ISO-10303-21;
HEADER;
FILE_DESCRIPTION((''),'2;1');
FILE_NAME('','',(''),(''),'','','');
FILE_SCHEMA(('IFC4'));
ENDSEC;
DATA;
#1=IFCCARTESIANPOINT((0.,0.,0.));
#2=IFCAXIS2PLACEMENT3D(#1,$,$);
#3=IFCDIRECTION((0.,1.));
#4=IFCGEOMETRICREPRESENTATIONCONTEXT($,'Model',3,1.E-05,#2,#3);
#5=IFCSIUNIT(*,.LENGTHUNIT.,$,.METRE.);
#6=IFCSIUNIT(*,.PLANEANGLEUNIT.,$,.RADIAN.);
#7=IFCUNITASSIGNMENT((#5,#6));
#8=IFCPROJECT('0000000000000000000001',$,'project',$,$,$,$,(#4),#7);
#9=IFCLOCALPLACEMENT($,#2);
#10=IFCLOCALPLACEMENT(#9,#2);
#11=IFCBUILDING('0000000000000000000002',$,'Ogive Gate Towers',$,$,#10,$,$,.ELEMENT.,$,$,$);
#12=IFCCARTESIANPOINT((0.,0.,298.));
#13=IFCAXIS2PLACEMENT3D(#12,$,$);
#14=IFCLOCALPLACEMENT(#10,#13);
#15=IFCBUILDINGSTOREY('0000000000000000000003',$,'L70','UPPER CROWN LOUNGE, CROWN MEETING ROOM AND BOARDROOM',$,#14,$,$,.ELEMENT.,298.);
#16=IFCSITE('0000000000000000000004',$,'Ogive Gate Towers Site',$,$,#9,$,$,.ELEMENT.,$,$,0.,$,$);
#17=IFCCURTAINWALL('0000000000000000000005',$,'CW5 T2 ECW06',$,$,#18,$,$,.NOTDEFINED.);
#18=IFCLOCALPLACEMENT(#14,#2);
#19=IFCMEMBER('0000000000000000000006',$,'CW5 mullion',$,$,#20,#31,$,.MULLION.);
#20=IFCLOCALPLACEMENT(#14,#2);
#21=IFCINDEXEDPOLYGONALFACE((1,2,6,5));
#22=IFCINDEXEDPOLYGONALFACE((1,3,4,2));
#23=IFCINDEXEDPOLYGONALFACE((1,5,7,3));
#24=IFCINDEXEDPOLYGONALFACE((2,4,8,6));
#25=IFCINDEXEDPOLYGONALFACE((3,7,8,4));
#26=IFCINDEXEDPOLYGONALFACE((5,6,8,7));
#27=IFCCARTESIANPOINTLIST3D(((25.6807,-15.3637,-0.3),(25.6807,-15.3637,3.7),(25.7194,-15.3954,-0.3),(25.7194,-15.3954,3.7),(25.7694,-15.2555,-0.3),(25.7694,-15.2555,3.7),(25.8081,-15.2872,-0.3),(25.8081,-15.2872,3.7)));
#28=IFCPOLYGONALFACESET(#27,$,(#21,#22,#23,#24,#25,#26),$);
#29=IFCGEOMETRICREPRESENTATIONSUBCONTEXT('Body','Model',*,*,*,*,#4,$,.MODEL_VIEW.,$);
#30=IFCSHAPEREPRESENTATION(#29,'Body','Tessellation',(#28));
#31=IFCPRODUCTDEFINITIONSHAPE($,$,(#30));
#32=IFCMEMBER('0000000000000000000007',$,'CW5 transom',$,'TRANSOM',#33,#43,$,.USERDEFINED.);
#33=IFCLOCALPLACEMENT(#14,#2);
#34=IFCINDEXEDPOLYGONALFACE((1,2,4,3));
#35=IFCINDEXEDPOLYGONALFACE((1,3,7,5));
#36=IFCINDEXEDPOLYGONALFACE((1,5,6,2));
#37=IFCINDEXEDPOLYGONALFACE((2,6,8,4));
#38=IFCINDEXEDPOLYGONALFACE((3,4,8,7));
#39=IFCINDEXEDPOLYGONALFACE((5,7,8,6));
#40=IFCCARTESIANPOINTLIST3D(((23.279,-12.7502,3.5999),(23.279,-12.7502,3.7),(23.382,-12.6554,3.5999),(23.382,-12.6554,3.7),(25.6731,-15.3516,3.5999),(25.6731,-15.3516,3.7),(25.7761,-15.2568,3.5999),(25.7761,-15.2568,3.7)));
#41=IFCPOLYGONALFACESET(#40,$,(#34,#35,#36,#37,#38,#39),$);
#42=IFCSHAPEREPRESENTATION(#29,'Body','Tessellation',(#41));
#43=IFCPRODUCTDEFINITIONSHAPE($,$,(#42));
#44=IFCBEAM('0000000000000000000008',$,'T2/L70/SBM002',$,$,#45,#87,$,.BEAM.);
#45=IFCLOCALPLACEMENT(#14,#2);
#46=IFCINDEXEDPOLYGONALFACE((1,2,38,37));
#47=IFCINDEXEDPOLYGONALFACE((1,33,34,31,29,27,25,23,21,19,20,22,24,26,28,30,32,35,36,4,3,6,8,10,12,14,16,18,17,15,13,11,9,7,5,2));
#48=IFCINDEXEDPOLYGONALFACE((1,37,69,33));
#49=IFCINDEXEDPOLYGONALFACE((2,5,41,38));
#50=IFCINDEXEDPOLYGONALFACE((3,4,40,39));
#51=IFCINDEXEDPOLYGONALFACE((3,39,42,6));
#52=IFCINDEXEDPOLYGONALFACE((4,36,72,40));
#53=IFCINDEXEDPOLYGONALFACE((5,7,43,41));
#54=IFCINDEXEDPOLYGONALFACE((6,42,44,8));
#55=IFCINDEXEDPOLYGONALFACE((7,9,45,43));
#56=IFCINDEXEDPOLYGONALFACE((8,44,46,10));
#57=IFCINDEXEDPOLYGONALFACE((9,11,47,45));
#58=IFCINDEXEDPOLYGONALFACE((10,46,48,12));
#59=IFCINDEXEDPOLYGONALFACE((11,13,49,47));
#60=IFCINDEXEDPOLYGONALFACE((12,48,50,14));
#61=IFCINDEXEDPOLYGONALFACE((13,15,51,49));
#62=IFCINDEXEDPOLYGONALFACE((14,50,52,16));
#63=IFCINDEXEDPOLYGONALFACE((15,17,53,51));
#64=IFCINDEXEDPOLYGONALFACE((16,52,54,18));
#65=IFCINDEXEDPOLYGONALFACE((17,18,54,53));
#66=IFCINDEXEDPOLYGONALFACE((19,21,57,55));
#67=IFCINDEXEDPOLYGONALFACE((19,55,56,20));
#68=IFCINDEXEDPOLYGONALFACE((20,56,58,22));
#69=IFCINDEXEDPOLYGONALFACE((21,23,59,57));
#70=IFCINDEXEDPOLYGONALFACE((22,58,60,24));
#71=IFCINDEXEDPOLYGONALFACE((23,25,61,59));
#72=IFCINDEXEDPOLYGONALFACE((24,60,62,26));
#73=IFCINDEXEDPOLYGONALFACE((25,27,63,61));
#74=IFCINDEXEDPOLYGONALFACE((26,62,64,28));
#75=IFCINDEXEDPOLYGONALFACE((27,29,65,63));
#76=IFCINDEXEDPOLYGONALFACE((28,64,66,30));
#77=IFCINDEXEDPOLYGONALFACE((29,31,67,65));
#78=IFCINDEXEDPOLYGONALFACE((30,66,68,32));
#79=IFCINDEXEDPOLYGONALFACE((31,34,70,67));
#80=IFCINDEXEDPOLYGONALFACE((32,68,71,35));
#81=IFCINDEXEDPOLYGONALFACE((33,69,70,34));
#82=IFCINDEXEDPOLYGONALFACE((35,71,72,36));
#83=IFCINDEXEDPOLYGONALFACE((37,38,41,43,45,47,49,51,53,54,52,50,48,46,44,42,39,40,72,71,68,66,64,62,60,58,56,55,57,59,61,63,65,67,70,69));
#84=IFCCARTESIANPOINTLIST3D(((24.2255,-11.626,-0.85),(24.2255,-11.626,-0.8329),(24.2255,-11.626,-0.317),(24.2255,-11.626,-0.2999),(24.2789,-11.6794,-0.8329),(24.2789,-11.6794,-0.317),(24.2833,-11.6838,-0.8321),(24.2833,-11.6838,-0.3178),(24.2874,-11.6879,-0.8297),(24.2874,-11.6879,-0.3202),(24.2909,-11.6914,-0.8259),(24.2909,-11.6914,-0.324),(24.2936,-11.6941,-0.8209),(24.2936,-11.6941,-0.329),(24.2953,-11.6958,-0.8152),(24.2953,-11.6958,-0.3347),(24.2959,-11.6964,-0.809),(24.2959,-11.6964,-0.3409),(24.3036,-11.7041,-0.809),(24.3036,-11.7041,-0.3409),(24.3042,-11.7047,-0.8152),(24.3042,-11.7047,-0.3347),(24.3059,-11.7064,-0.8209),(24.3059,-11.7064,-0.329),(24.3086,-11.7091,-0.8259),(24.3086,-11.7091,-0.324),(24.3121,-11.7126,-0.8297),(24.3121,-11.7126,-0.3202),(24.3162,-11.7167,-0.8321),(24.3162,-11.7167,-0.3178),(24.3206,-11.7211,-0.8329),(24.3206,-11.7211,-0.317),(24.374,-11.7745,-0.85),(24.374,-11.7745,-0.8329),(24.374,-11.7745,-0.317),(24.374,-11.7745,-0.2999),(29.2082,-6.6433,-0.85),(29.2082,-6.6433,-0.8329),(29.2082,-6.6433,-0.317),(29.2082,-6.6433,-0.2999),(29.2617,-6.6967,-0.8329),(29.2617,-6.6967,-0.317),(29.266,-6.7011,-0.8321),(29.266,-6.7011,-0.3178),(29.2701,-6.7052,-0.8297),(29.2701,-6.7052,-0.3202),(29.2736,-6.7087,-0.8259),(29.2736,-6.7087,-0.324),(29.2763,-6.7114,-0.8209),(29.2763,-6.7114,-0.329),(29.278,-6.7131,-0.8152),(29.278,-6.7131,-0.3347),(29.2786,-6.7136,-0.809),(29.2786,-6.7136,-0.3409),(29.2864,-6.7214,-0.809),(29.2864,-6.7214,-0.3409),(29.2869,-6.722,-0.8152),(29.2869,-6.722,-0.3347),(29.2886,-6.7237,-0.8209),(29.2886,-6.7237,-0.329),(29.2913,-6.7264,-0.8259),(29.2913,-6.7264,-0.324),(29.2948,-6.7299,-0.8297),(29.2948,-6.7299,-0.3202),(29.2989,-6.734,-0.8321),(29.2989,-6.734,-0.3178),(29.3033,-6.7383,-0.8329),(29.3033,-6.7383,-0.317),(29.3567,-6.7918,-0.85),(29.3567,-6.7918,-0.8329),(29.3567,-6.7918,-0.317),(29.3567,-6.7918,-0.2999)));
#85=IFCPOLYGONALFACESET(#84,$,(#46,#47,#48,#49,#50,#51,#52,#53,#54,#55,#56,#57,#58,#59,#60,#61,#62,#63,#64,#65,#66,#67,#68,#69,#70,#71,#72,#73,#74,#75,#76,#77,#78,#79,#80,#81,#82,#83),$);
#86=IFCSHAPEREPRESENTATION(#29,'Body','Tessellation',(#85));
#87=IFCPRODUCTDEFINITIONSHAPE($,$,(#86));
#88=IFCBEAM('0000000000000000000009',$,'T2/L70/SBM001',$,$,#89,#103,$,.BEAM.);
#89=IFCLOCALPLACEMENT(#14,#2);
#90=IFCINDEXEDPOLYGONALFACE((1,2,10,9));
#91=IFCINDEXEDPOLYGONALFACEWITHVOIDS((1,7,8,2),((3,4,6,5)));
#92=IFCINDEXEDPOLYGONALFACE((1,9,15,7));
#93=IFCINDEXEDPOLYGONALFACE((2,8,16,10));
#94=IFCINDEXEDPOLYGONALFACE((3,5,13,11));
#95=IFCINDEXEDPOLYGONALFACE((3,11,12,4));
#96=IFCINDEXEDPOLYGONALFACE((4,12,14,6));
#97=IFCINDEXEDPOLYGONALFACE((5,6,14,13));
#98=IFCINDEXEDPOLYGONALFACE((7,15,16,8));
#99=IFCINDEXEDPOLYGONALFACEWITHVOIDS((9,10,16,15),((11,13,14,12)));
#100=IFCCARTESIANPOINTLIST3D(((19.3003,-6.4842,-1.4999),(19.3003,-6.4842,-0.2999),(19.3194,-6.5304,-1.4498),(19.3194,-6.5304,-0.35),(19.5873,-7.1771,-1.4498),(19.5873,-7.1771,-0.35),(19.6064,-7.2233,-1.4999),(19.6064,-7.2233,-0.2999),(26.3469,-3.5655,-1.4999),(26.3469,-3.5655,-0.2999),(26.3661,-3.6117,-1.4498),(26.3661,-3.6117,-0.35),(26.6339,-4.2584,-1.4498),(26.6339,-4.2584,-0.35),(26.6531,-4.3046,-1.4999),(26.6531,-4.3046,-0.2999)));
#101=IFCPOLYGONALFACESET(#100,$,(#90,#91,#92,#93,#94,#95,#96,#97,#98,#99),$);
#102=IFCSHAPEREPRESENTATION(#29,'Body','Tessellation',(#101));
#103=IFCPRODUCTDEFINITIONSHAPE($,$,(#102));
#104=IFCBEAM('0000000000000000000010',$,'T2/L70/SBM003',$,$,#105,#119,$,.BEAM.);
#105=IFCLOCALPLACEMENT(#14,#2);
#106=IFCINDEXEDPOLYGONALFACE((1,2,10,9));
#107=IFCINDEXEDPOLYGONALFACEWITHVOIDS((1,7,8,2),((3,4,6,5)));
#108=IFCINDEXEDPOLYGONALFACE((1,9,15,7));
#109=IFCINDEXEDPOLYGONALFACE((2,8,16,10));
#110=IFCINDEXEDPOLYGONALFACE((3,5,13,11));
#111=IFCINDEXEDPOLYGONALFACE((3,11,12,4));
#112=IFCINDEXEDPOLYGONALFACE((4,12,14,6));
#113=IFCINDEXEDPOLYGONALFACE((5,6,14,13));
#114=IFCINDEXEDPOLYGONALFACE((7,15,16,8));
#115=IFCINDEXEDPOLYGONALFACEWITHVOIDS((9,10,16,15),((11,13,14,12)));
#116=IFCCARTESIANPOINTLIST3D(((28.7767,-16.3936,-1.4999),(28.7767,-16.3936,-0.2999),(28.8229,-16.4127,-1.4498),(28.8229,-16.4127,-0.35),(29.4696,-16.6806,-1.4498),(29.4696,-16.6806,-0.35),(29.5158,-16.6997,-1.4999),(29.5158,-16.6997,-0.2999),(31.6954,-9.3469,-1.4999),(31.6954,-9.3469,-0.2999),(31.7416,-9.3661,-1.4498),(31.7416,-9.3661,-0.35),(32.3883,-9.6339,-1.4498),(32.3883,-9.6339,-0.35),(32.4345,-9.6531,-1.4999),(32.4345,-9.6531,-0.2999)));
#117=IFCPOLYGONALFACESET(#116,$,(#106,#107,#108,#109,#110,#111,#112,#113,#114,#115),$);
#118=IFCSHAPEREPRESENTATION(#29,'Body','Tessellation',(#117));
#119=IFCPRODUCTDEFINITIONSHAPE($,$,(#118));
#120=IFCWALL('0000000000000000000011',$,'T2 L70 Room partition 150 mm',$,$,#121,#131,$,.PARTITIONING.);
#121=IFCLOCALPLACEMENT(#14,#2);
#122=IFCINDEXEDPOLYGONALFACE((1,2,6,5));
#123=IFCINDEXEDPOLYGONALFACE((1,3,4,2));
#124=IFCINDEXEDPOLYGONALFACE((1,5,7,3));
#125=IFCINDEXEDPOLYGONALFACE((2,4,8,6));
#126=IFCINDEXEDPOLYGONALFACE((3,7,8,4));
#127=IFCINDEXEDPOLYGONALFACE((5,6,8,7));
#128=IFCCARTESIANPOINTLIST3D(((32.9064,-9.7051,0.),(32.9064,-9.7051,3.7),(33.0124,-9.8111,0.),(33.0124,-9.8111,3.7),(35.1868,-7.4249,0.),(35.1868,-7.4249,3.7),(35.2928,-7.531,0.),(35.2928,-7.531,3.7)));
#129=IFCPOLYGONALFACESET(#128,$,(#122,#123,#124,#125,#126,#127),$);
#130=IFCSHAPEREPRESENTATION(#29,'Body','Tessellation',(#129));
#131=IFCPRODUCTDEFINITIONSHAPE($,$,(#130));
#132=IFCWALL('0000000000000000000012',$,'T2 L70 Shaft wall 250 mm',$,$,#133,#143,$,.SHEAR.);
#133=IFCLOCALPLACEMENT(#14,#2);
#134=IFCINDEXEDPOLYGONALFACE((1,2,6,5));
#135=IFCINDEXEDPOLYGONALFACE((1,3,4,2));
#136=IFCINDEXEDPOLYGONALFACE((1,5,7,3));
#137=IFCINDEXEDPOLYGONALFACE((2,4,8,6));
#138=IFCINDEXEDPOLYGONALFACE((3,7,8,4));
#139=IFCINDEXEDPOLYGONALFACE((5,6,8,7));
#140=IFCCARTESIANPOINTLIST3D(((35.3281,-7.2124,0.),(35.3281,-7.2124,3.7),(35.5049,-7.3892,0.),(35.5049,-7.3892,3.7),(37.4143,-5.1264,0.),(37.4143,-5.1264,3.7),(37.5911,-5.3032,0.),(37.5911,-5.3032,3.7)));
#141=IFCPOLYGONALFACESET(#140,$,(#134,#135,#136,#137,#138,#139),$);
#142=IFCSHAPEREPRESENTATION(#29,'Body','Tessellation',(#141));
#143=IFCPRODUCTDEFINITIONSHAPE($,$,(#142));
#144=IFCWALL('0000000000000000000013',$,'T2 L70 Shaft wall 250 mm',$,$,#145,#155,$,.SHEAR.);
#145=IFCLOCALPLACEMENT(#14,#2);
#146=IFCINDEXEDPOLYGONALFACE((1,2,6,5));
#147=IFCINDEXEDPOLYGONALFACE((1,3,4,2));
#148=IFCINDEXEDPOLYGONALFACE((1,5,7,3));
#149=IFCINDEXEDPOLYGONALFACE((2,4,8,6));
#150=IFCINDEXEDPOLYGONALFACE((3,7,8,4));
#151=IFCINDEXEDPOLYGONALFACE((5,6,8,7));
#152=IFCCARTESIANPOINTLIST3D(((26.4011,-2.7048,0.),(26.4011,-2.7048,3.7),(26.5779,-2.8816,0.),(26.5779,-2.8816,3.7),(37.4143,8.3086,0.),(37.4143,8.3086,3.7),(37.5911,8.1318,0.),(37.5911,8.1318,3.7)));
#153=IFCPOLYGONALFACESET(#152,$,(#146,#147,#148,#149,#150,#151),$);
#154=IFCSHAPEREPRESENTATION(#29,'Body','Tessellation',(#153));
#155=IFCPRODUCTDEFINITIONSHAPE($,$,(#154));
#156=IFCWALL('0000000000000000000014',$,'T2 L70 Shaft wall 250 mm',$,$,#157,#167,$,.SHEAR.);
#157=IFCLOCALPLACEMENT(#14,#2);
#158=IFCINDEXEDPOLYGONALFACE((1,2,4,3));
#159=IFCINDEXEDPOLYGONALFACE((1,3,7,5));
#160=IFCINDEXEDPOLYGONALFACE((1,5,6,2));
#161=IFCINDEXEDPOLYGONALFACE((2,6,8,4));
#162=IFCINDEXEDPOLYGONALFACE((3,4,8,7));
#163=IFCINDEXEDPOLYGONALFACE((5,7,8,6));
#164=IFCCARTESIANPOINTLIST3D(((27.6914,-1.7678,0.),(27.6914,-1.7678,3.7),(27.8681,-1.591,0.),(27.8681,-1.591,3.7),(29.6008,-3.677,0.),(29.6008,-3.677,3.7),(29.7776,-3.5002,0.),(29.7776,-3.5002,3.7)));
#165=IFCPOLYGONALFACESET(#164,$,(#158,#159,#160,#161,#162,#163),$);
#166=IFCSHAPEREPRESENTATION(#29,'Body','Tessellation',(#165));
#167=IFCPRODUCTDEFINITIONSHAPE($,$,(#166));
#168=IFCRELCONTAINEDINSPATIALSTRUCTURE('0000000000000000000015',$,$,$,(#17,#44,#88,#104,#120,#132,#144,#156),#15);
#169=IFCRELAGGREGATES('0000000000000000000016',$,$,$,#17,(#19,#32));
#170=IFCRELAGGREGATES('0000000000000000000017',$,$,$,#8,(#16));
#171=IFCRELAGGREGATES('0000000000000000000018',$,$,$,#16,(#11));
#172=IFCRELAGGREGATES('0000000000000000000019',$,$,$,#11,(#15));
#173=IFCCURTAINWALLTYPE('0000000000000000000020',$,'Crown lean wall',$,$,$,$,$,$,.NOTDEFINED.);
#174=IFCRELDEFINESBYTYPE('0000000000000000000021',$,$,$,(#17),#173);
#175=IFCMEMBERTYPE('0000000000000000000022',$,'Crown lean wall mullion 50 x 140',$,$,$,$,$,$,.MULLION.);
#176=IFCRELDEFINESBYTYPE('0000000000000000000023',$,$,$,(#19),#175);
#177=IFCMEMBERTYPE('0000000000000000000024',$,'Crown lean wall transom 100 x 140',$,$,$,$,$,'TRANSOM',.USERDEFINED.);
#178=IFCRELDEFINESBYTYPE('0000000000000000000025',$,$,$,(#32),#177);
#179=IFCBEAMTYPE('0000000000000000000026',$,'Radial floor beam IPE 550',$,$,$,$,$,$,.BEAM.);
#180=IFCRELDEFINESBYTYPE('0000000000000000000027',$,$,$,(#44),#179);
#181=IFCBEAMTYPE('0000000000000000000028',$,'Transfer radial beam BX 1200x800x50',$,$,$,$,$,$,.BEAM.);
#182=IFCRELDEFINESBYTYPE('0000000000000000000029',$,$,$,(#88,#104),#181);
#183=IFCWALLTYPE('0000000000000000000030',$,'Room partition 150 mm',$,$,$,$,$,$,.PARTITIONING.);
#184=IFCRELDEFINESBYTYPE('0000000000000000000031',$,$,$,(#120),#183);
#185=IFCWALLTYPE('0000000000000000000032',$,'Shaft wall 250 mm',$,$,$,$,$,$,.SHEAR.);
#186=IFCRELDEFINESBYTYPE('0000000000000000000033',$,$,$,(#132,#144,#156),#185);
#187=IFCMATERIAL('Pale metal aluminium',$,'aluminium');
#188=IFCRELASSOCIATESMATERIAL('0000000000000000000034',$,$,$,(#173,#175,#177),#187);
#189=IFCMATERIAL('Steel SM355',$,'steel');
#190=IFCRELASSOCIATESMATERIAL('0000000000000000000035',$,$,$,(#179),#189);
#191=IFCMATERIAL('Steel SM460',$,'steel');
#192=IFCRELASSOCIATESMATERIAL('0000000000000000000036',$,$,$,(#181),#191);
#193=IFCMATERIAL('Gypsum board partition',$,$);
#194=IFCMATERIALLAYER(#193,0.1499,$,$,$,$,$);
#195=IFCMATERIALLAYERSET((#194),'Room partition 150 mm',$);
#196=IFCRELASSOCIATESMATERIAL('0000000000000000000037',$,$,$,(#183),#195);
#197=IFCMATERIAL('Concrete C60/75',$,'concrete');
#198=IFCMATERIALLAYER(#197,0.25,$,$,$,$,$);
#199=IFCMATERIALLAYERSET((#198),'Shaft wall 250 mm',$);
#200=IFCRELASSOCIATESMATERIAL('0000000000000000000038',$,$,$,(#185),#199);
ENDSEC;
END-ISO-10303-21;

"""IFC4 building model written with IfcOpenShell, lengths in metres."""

from ifc_helpers import new_model, si_unit, direction, frame, frame_2d, origin, origin_2d, place, context, subcontext, project, spatial, rectangle, hollow_rectangle, i_section, extrude, material, layer, layer_set, material_profile, profile_set, type_object, element, aggregate, save


model = new_model("IFC4")

# Units and contexts
model_context = context("Model", 3, precision=1e-05, world=origin(), true_north=direction((0.0, 1.0)))
body_context = subcontext(model_context, "Body", "Model", "MODEL_VIEW")
ifc_project = project(units=[si_unit("LENGTHUNIT", "METRE"), si_unit("PLANEANGLEUNIT", "RADIAN")], contexts=[model_context])

# Site, building, storey
site_placement = place(None, origin())
site = spatial("IfcSite", under=ifc_project, at=site_placement, Name="Ogive Gate Towers Site", CompositionType="ELEMENT", RefElevation=0.0)
building_placement = place(site_placement, origin())
building = spatial("IfcBuilding", under=site, at=building_placement, Name="Ogive Gate Towers", CompositionType="ELEMENT")
storey_placement = place(building_placement, frame((0.0, 0.0, 298.0)))
storey = spatial("IfcBuildingStorey", under=building, at=storey_placement, Name="L70", Description="UPPER CROWN LOUNGE, CROWN MEETING ROOM AND BOARDROOM", CompositionType="ELEMENT", Elevation=298.0)

# Curtain wall, members
ifc_material_1 = material(Name="Pale metal aluminium", Category="aluminium")
curtain_wall_type = type_object("IfcCurtainWallType", Name="Crown lean wall", PredefinedType="NOTDEFINED", material=ifc_material_1)
curtain_wall_placement = place(storey_placement, origin())
curtain_wall = element("IfcCurtainWall", 1, at=curtain_wall_placement, inside=storey, type_object=curtain_wall_type, Name="CW5 T2 ECW06", PredefinedType="NOTDEFINED")
ifc_material_profile_1 = material_profile(ifc_material_1, rectangle(XDim=0.1399, YDim=0.05, at=origin_2d()), Name="50 x 140 aluminium box")
ifc_profile_set_1 = profile_set([ifc_material_profile_1], Name="Pale metal aluminium")
member_type_1 = type_object("IfcMemberType", Name="Crown lean wall mullion 50 x 140", PredefinedType="MULLION", material=ifc_profile_set_1)
member_1_placement = place(storey_placement, frame((25.7444, -15.3254, -0.3), z_axis=(0.0, 0.0, 1.0), x_axis=(0.633772, 0.77352, 0.0)))
member_1 = element("IfcMember", 2, at=member_1_placement, type_object=member_type_1, Name="CW5 mullion", PredefinedType="MULLION", context=body_context, shape_type="SweptSolid", body=[
    extrude(rectangle(XDim=0.1399, YDim=0.05, at=origin_2d()), origin(), (0.0, 0.0, 1.0), 4.0),
])
ifc_material_profile_2 = material_profile(ifc_material_1, rectangle(XDim=0.1399, YDim=0.1001, at=origin_2d()), Name="100 x 140 aluminium box")
ifc_profile_set_2 = profile_set([ifc_material_profile_2], Name="Pale metal aluminium")
member_type_2 = type_object("IfcMemberType", Name="Crown lean wall transom 100 x 140", ElementType="TRANSOM", PredefinedType="USERDEFINED", material=ifc_profile_set_2)
member_2_placement = place(storey_placement, frame((25.7246, -15.3042, 3.6499), z_axis=(-0.677184, 0.735814, 0.0), x_axis=(-0.735814, -0.677184, 0.0)))
member_2 = element("IfcMember", 3, at=member_2_placement, type_object=member_type_2, Name="CW5 transom", ObjectType="TRANSOM", PredefinedType="USERDEFINED", context=body_context, shape_type="SweptSolid", body=[
    extrude(rectangle(XDim=0.1399, YDim=0.1001, at=origin_2d()), origin(), (0.0, 0.0, 1.0), 3.5354),
])
aggregate(curtain_wall, [member_1, member_2])

# Beams
ifc_material_2 = material(Name="Steel SM355", Category="steel")
ifc_material_profile_3 = material_profile(ifc_material_2, i_section(OverallWidth=0.21, OverallDepth=0.55, WebThickness=0.011, FlangeThickness=0.0171, FilletRadius=0.0239, at=origin_2d()), Name="IPE 550")
ifc_profile_set_3 = profile_set([ifc_material_profile_3], Name="Steel SM355")
beam_type_1 = type_object("IfcBeamType", Name="Radial floor beam IPE 550", PredefinedType="BEAM", material=ifc_profile_set_3)
beam_placement = place(storey_placement, frame((29.2825, -6.7175, -0.575), z_axis=(-0.707107, -0.707107, 0.0), x_axis=(0.707107, -0.707107, 0.0)))
element("IfcBeam", 4, at=beam_placement, inside=storey, type_object=beam_type_1, Name="T2/L70/SBM002", PredefinedType="BEAM", context=body_context, shape_type="SweptSolid", body=[
    extrude(i_section(OverallWidth=0.21, OverallDepth=0.55, WebThickness=0.011, FlangeThickness=0.0171, FilletRadius=0.0239, at=origin_2d()), origin(), (0.0, 0.0, 1.0), 7.0466),
])
ifc_material_3 = material(Name="Steel SM460", Category="steel")
ifc_material_profile_4 = material_profile(ifc_material_3, hollow_rectangle(XDim=0.8, YDim=1.2, WallThickness=0.05, at=origin_2d()), Name="BX 1200x800x50")
ifc_profile_set_4 = profile_set([ifc_material_profile_4], Name="Steel SM460")
beam_type_2 = type_object("IfcBeamType", Name="Transfer radial beam BX 1200x800x50", PredefinedType="BEAM", material=ifc_profile_set_4)
for number, where, z_axis, x_axis, name in (
    (5, (26.5, -3.9351, -0.8999), (-0.923885, -0.382671, 0.0), (0.382671, -0.923885, 0.0), "T2/L70/SBM001"),
    (6, (32.0649, -9.5, -0.8999), (-0.382671, -0.923885, 0.0), (0.923885, -0.382671, 0.0), "T2/L70/SBM003"),
):
    element("IfcBeam", number, at=place(storey_placement, frame(where, z_axis=z_axis, x_axis=x_axis)), inside=storey, type_object=beam_type_2, Name=name, PredefinedType="BEAM", context=body_context, shape_type="SweptSolid", body=[
        extrude(hollow_rectangle(XDim=0.8, YDim=1.2, WallThickness=0.05, at=origin_2d()), origin(), (0.0, 0.0, 1.0), 7.6272),
    ])

# Walls
ifc_material_4 = material(Name="Gypsum board partition")
ifc_layer_1 = layer(ifc_material_4, 0.1499)
ifc_layer_set_1 = layer_set([ifc_layer_1], Name="Room partition 150 mm")
wall_type_1 = type_object("IfcWallType", Name="Room partition 150 mm", PredefinedType="PARTITIONING", material=ifc_layer_set_1)
wall_1_placement = place(storey_placement, frame((32.9595, -9.7581, 0.0), z_axis=(0.0, 0.0, 1.0), x_axis=(0.707145, 0.707069, 0.0)))
element("IfcWall", 7, at=wall_1_placement, inside=storey, type_object=wall_type_1, Name="T2 L70 Room partition 150 mm", PredefinedType="PARTITIONING", context=body_context, shape_type="SweptSolid", body=[
    extrude(rectangle(XDim=3.2249, YDim=0.1499, at=frame_2d((1.6123, 0.0))), origin(), (0.0, 0.0, 1.0), 3.7),
])
ifc_material_5 = material(Name="Concrete C60/75", Category="concrete")
ifc_layer_2 = layer(ifc_material_5, 0.25)
ifc_layer_set_2 = layer_set([ifc_layer_2], Name="Shaft wall 250 mm")
wall_type_2 = type_object("IfcWallType", Name="Shaft wall 250 mm", PredefinedType="SHEAR", material=ifc_layer_set_2)
wall_2_placement = place(storey_placement, frame((35.4165, -7.3008, 0.0), z_axis=(0.0, 0.0, 1.0), x_axis=(0.707148, 0.707065, 0.0)))
element("IfcWall", 8, at=wall_2_placement, inside=storey, type_object=wall_type_2, Name="T2 L70 Shaft wall 250 mm", PredefinedType="SHEAR", context=body_context, shape_type="SweptSolid", body=[
    extrude(rectangle(XDim=2.9502, YDim=0.25, at=frame_2d((1.4751, 0.0))), origin(), (0.0, 0.0, 1.0), 3.7),
])
wall_3_placement = place(storey_placement, frame((26.4895, -2.7932, 0.0), z_axis=(0.0, 0.0, 1.0), x_axis=(0.707099, 0.707115, 0.0)))
element("IfcWall", 9, at=wall_3_placement, inside=storey, type_object=wall_type_2, Name="T2 L70 Shaft wall 250 mm", PredefinedType="SHEAR", context=body_context, shape_type="SweptSolid", body=[
    extrude(rectangle(XDim=15.5752, YDim=0.25, at=frame_2d((7.7876, 0.0))), origin(), (0.0, 0.0, 1.0), 3.7),
])
wall_4_placement = place(storey_placement, frame((29.6892, -3.5886, 0.0), z_axis=(0.0, 0.0, 1.0), x_axis=(-0.707152, 0.707062, 0.0)))
element("IfcWall", 10, at=wall_4_placement, inside=storey, type_object=wall_type_2, Name="T2 L70 Shaft wall 250 mm", PredefinedType="SHEAR", context=body_context, shape_type="SweptSolid", body=[
    extrude(rectangle(XDim=2.7002, YDim=0.25, at=frame_2d((1.3501, 0.0))), origin(), (0.0, 0.0, 1.0), 3.7),
])

save(model, "model.ifc")
